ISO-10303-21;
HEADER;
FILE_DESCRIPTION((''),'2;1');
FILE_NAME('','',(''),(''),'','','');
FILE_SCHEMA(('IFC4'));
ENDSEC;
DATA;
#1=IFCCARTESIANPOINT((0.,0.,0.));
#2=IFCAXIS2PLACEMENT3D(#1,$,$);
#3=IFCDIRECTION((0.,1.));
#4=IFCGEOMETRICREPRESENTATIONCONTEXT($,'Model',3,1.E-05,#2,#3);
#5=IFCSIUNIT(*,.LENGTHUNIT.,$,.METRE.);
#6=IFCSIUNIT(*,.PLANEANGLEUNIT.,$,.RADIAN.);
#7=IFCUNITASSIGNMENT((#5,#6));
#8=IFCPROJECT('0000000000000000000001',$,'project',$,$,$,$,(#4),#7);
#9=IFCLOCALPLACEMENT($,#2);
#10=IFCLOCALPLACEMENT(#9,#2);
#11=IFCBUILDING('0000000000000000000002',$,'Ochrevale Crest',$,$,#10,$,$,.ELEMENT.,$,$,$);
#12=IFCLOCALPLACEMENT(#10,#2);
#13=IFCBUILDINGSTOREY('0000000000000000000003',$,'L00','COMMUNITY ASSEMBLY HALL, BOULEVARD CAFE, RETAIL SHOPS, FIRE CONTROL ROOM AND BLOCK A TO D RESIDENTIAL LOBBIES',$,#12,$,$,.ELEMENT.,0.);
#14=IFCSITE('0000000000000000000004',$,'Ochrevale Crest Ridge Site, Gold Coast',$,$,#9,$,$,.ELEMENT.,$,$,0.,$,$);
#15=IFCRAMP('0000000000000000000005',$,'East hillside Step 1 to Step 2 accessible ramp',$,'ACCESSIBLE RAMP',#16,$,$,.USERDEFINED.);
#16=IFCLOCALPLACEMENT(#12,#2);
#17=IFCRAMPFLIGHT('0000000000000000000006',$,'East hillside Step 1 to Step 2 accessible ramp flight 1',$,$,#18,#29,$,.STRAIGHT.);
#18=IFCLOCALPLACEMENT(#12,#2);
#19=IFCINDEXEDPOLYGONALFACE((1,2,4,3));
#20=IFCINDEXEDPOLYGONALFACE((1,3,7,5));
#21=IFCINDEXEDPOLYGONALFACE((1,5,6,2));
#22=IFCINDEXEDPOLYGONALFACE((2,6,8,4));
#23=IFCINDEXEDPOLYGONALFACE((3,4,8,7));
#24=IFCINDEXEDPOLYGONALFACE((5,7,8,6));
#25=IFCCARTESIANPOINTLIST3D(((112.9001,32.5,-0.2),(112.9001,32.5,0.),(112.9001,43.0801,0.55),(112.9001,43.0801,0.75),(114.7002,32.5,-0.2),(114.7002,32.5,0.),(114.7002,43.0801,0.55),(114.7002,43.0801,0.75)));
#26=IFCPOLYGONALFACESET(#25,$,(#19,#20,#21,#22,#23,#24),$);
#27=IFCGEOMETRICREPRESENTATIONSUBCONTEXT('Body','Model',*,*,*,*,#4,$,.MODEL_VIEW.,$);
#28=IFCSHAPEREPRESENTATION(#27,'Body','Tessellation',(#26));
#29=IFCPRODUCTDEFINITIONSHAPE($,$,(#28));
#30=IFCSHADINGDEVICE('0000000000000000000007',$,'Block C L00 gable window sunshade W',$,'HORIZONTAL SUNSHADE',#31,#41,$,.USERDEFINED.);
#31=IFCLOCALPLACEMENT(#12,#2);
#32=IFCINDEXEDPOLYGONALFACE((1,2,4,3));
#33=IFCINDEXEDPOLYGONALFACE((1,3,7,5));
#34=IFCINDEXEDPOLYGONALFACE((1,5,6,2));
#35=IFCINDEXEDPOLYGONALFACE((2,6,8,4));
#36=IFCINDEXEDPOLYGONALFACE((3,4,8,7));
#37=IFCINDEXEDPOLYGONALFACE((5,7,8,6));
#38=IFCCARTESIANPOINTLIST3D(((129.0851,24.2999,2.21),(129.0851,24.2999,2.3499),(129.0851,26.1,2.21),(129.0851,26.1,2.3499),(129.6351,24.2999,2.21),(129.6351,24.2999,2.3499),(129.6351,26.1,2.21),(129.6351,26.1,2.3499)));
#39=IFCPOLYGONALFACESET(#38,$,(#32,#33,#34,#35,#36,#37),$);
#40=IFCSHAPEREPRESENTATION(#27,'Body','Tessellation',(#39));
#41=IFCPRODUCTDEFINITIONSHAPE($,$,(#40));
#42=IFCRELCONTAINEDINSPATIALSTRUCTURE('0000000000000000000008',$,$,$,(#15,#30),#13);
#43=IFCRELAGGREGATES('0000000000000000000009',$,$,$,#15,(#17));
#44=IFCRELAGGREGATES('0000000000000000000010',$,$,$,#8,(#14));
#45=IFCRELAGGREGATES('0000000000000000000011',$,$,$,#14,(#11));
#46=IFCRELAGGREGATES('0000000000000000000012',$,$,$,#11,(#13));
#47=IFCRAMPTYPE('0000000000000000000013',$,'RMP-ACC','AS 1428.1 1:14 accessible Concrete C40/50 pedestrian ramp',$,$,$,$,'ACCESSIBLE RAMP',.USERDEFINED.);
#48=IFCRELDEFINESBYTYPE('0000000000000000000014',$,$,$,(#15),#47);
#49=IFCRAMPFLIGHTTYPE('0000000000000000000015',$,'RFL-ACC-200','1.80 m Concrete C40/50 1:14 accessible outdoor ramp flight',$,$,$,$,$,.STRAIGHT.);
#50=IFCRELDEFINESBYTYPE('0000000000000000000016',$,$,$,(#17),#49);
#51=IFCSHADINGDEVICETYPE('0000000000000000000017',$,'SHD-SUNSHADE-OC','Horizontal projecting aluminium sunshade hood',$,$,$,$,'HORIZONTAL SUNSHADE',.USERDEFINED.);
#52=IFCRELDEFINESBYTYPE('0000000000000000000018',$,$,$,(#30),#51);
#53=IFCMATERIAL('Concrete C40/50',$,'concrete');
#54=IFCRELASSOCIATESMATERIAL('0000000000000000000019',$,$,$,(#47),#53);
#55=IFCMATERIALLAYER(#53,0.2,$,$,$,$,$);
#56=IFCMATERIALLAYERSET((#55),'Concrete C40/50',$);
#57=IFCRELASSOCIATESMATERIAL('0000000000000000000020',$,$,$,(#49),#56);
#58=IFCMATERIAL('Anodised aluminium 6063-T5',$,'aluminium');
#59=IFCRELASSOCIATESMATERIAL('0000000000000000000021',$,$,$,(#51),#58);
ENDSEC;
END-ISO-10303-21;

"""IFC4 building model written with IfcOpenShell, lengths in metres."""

from ifc_helpers import new_model, si_unit, direction, frame, origin, origin_2d, place, context, subcontext, project, spatial, polyline, rectangle, outline, extrude, material, layer, layer_set, type_object, element, aggregate, save


model = new_model("IFC4")

# Units and contexts
model_context = context("Model", 3, precision=1e-05, world=origin(), true_north=direction((0.0, 1.0)))
body_context = subcontext(model_context, "Body", "Model", "MODEL_VIEW")
ifc_project = project(units=[si_unit("LENGTHUNIT", "METRE"), si_unit("PLANEANGLEUNIT", "RADIAN")], contexts=[model_context])

# Site, building, storey
site_placement = place(None, origin())
site = spatial("IfcSite", under=ifc_project, at=site_placement, Name="Ochrevale Crest Ridge Site, Gold Coast", CompositionType="ELEMENT", RefElevation=0.0)
building_placement = place(site_placement, origin())
building = spatial("IfcBuilding", under=site, at=building_placement, Name="Ochrevale Crest", CompositionType="ELEMENT")
storey_placement = place(building_placement, origin())
storey = spatial("IfcBuildingStorey", under=building, at=storey_placement, Name="L00", Description="COMMUNITY ASSEMBLY HALL, BOULEVARD CAFE, RETAIL SHOPS, FIRE CONTROL ROOM AND BLOCK A TO D RESIDENTIAL LOBBIES", CompositionType="ELEMENT", Elevation=0.0)

# Ramp, ramp flight
ifc_material_1 = material(Name="Concrete C40/50", Category="concrete")
ramp_type = type_object("IfcRampType", Name="RMP-ACC", Description="AS 1428.1 1:14 accessible Concrete C40/50 pedestrian ramp", ElementType="ACCESSIBLE RAMP", PredefinedType="USERDEFINED", material=ifc_material_1)
ramp_placement = place(storey_placement, origin())
ramp = element("IfcRamp", 1, at=ramp_placement, inside=storey, type_object=ramp_type, Name="East hillside Step 1 to Step 2 accessible ramp", ObjectType="ACCESSIBLE RAMP", PredefinedType="USERDEFINED")
ifc_layer = layer(ifc_material_1, 0.2)
ifc_layer_set = layer_set([ifc_layer], Name="Concrete C40/50")
ramp_flight_type = type_object("IfcRampFlightType", Name="RFL-ACC-200", Description="1.80 m Concrete C40/50 1:14 accessible outdoor ramp flight", PredefinedType="STRAIGHT", material=ifc_layer_set)
ramp_flight_placement = place(storey_placement, frame((113.8, 32.5, 0.0), z_axis=(0.0, 0.0, 1.0), x_axis=(0.0, 1.0, 0.0)))
ramp_flight = element("IfcRampFlight", 2, at=ramp_flight_placement, type_object=ramp_flight_type, Name="East hillside Step 1 to Step 2 accessible ramp flight 1", PredefinedType="STRAIGHT", context=body_context, shape_type="SweptSolid", body=[
    extrude(outline(polyline([(0.0, -0.2), (10.5801, 0.55), (10.5801, 0.75), (0.0, 0.0), (0.0, -0.2)])), frame((0.0, 0.8999, 0.0), z_axis=(0.0, -1.0, 0.0), x_axis=(1.0, 0.0, 0.0)), (0.0, 0.0, 1.0), 1.8),
])
aggregate(ramp, [ramp_flight])

# Shading device
ifc_material_2 = material(Name="Anodised aluminium 6063-T5", Category="aluminium")
shading_device_type = type_object("IfcShadingDeviceType", Name="SHD-SUNSHADE-OC", Description="Horizontal projecting aluminium sunshade hood", ElementType="HORIZONTAL SUNSHADE", PredefinedType="USERDEFINED", material=ifc_material_2)
shading_device_placement = place(storey_placement, frame((129.3601, 25.2, 2.21), z_axis=(0.0, 0.0, 1.0), x_axis=(1.0, 0.0, 0.0)))
element("IfcShadingDevice", 3, at=shading_device_placement, inside=storey, type_object=shading_device_type, Name="Block C L00 gable window sunshade W", ObjectType="HORIZONTAL SUNSHADE", PredefinedType="USERDEFINED", context=body_context, shape_type="SweptSolid", body=[
    extrude(rectangle(XDim=0.55, YDim=1.8, at=origin_2d()), origin(), (0.0, 0.0, 1.0), 0.1399),
])

save(model, "model.ifc")
